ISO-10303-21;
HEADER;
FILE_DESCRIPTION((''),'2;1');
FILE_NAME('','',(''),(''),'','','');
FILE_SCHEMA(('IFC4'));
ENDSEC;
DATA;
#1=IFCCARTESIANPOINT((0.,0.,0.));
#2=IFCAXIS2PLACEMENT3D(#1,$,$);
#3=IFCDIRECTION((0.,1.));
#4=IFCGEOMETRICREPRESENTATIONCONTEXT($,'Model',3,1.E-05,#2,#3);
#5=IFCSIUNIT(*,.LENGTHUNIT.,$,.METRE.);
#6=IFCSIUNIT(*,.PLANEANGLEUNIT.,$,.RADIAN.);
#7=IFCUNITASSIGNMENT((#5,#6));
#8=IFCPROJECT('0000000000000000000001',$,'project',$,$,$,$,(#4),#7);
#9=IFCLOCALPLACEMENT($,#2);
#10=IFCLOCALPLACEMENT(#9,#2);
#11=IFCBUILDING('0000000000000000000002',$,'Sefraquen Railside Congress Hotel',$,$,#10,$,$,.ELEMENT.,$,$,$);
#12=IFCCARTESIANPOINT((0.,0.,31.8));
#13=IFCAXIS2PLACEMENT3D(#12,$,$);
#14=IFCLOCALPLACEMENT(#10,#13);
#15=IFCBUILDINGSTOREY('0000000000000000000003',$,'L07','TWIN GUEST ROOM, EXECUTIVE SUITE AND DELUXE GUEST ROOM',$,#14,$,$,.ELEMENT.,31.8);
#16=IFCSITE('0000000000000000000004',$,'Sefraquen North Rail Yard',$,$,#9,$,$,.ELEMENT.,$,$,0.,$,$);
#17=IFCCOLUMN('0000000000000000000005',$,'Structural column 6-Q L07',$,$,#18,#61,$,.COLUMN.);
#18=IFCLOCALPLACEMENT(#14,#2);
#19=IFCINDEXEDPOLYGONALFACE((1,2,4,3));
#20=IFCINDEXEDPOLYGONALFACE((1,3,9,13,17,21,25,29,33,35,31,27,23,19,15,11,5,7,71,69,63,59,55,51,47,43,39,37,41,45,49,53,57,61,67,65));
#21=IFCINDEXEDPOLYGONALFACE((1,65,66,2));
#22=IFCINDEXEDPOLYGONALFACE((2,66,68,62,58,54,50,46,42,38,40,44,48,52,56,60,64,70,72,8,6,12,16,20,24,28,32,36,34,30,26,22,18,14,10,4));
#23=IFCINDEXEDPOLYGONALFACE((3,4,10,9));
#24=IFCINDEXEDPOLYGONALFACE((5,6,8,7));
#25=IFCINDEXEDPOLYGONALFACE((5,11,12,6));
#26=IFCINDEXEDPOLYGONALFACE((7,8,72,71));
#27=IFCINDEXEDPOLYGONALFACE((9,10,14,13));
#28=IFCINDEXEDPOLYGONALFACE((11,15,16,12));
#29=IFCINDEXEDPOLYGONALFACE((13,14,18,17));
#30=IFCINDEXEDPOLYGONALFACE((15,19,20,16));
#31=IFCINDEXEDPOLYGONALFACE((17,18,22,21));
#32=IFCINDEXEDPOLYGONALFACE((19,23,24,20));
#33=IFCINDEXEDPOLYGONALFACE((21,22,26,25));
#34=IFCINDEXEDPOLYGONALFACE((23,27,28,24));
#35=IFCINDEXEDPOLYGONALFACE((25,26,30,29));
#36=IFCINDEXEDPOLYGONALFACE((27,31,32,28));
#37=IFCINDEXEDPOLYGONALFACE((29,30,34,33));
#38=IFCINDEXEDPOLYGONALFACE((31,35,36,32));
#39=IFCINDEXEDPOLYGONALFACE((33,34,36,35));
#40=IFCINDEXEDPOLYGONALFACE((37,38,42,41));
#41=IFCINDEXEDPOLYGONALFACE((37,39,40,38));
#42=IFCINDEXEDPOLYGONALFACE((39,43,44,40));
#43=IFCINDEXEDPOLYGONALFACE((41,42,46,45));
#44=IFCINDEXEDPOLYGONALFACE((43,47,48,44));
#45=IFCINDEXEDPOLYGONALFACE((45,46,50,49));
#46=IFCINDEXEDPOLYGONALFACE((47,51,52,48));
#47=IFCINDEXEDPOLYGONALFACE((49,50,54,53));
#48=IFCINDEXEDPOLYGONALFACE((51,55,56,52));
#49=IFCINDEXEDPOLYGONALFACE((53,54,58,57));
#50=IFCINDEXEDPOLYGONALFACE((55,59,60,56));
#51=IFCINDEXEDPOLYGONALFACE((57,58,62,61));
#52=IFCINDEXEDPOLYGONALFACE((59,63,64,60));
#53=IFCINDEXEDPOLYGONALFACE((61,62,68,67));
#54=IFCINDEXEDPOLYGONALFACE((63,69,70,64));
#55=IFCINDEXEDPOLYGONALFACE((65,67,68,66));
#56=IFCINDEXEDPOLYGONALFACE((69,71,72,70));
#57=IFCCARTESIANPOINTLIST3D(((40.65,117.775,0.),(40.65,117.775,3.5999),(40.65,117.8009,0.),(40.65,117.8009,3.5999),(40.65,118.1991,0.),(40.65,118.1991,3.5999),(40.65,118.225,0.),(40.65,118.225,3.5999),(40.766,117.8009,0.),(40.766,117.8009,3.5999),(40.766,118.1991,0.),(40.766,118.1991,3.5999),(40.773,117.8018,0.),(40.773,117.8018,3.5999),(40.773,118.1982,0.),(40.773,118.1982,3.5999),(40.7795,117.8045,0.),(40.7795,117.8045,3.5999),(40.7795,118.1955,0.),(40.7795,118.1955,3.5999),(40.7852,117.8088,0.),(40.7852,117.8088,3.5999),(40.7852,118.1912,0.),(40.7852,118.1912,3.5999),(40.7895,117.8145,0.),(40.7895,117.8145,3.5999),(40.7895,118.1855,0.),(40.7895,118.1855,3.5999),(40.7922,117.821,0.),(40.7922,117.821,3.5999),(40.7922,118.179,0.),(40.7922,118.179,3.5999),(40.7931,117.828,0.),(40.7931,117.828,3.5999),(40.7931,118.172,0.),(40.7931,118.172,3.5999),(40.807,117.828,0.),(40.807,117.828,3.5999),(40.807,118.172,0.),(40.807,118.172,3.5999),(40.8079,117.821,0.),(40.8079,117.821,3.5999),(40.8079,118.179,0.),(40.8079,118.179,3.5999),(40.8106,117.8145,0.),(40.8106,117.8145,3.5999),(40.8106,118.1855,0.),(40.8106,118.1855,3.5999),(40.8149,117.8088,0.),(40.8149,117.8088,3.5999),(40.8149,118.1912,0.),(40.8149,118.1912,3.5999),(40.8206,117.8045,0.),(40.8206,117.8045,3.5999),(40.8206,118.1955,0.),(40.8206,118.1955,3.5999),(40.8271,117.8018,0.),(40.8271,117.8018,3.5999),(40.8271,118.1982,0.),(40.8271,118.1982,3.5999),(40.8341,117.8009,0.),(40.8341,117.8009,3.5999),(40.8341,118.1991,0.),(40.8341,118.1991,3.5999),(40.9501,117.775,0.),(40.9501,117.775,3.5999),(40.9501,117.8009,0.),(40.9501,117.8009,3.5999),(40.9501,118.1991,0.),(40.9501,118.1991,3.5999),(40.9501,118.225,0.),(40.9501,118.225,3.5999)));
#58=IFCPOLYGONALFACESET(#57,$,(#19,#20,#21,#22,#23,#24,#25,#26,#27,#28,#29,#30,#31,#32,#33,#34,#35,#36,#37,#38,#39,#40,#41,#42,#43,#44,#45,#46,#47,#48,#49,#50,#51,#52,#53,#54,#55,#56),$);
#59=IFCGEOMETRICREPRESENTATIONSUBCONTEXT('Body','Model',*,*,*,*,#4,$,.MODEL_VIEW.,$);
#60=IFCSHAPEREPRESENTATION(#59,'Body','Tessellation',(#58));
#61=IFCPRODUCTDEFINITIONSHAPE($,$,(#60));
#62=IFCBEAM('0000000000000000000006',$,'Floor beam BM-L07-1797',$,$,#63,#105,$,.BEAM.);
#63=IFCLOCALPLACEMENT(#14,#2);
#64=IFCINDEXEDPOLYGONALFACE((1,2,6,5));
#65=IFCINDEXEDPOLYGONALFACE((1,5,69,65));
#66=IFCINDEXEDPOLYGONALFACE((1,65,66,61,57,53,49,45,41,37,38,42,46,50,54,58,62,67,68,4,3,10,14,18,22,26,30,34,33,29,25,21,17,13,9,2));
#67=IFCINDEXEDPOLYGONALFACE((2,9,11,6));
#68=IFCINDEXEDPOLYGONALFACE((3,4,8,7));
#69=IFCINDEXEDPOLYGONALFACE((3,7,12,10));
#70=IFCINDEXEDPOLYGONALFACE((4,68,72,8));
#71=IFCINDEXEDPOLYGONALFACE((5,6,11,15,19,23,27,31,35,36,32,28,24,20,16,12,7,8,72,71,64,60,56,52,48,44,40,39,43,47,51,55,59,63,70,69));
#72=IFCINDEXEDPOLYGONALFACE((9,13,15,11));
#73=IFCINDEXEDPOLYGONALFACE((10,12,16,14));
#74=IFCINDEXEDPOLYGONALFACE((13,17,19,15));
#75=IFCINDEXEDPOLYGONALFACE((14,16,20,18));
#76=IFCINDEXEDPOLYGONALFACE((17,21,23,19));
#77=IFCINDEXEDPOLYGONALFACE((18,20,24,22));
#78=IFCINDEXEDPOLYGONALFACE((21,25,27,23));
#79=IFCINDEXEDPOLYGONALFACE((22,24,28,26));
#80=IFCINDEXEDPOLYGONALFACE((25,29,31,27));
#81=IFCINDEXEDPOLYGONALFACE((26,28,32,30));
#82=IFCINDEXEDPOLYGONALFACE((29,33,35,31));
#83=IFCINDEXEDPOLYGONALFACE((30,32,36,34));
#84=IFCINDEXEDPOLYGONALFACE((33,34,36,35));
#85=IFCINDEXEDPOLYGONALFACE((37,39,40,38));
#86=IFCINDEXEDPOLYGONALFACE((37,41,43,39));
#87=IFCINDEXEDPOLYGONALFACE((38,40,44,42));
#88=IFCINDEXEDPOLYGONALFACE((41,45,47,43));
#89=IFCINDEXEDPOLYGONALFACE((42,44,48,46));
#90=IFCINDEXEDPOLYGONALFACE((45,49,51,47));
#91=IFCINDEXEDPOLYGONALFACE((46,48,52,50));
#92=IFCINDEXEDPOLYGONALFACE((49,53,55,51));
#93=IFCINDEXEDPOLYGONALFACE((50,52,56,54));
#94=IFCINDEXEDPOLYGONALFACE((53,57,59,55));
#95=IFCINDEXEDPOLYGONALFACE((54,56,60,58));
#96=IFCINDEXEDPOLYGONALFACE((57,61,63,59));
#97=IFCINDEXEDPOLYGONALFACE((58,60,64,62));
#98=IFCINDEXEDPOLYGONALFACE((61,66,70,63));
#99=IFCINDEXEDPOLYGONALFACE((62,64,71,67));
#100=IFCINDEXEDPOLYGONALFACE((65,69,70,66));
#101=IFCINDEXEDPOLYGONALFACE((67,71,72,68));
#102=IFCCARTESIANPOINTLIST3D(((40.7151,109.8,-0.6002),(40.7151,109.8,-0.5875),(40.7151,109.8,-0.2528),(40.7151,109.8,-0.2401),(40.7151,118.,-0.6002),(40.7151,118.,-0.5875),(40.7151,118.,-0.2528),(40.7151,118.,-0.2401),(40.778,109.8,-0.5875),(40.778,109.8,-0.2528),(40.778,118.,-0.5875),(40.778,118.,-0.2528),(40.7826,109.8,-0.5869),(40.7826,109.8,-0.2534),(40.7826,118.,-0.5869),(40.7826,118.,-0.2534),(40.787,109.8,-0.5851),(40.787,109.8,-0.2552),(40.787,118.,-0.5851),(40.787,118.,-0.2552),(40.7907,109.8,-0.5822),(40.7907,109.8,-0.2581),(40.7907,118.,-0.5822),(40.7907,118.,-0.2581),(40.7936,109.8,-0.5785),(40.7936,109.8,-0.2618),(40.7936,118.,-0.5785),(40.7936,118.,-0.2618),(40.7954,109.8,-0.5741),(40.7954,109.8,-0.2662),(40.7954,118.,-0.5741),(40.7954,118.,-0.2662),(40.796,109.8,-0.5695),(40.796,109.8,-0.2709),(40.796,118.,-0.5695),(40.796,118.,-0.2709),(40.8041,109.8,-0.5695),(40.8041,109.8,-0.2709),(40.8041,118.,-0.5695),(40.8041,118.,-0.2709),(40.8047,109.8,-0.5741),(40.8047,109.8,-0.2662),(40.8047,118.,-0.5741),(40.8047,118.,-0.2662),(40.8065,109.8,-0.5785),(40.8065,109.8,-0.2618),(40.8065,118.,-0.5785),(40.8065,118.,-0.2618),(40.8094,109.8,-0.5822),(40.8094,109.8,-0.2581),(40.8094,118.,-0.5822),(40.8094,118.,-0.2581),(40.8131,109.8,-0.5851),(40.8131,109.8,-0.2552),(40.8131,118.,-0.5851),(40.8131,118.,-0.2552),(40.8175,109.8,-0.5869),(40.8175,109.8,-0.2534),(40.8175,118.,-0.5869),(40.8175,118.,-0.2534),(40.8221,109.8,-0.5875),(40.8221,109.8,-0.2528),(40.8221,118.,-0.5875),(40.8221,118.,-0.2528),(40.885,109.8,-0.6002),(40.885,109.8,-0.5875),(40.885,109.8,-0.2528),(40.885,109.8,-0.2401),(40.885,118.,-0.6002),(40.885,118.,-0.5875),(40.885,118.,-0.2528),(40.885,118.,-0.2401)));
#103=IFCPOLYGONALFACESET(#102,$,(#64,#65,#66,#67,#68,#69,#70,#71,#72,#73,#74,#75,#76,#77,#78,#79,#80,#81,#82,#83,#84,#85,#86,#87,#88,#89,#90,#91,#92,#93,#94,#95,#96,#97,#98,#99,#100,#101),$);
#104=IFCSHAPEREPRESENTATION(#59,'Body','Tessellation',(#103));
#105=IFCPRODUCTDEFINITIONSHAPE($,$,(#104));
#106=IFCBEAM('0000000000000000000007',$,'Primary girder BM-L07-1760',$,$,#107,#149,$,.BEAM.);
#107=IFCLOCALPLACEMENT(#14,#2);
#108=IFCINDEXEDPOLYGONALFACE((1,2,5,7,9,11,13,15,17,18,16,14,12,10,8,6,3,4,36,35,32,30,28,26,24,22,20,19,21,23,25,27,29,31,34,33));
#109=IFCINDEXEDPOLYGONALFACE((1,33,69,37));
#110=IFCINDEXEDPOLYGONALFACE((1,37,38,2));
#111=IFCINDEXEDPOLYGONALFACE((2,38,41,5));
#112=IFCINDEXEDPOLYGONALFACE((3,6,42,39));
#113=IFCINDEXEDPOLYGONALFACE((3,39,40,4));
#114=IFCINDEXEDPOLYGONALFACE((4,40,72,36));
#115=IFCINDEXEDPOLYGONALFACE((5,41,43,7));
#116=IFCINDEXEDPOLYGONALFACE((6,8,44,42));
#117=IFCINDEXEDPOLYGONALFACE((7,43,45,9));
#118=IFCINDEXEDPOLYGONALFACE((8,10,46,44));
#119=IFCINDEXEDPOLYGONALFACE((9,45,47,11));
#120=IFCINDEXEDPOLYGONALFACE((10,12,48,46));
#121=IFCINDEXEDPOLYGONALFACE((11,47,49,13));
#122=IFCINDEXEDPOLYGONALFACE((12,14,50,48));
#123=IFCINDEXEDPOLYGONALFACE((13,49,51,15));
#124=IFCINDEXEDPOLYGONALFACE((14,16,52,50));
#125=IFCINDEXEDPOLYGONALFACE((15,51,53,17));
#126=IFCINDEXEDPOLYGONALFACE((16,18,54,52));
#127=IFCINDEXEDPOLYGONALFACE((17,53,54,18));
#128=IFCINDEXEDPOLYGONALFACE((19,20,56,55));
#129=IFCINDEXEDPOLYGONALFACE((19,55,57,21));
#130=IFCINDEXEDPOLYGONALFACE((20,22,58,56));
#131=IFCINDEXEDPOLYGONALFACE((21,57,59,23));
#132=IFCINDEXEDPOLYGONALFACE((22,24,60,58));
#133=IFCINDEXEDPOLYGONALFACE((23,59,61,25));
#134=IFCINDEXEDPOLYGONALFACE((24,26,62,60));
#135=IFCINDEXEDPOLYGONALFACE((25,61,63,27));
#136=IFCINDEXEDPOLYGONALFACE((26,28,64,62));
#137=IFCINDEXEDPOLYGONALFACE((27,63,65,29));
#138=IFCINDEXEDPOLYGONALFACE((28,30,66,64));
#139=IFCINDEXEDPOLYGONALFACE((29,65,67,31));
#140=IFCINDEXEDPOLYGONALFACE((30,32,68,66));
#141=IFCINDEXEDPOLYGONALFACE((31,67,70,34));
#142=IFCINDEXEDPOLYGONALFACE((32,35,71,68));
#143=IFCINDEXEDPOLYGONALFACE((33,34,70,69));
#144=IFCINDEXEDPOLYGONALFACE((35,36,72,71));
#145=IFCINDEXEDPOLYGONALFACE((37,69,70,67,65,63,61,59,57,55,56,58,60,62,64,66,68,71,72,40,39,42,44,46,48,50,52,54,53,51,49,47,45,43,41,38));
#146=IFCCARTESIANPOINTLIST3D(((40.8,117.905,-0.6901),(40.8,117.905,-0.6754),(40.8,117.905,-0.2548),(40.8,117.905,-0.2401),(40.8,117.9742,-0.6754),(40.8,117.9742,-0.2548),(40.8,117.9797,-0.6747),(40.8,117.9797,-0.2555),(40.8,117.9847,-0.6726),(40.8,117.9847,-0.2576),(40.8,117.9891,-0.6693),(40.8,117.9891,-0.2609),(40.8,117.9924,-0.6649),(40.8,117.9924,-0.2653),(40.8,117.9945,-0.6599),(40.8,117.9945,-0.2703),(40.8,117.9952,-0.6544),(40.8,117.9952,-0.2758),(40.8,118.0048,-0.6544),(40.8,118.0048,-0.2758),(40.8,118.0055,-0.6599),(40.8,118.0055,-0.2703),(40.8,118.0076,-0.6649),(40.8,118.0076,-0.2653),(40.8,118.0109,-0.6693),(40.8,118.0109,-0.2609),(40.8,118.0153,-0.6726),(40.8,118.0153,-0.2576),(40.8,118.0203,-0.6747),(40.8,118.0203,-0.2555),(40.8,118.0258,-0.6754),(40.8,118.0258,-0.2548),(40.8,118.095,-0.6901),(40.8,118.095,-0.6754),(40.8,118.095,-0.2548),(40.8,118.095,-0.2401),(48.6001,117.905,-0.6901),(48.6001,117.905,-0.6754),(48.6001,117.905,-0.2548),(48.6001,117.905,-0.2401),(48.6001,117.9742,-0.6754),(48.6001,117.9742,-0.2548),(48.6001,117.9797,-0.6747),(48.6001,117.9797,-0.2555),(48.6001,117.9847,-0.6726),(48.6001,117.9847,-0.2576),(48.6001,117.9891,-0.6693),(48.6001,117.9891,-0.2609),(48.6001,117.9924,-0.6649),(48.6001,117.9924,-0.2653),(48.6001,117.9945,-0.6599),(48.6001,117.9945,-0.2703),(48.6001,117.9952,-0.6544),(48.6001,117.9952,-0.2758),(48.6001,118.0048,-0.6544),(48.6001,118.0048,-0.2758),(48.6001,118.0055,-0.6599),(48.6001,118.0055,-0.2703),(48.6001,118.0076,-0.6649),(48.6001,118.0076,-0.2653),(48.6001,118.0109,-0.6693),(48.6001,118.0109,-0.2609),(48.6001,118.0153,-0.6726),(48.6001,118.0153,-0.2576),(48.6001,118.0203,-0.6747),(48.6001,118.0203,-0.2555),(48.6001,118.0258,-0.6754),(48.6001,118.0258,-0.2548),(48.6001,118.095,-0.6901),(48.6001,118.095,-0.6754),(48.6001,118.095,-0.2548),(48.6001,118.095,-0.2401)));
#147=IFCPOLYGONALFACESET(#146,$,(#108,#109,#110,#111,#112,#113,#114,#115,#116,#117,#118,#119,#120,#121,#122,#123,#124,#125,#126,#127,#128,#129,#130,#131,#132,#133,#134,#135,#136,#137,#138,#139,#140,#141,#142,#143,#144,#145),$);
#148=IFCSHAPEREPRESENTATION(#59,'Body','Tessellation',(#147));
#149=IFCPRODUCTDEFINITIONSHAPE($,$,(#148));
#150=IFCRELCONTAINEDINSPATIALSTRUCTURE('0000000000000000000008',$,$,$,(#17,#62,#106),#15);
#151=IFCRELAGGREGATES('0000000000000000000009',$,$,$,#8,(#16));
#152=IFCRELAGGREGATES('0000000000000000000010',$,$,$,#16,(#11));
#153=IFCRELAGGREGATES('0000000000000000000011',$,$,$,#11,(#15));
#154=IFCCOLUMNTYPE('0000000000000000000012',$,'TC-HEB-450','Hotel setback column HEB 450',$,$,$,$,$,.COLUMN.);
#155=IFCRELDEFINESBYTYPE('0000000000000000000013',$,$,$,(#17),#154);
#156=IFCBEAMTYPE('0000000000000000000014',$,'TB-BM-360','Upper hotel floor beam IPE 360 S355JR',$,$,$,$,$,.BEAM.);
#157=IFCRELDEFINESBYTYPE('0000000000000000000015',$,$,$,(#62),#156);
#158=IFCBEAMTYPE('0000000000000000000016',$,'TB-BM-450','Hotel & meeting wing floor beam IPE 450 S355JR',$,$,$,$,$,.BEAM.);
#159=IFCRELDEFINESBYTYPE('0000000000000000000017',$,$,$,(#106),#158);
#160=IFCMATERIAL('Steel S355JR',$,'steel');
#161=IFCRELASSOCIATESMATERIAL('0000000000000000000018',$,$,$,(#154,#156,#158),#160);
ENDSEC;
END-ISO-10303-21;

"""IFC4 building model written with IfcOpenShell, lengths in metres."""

from ifc_helpers import new_model, si_unit, direction, frame, origin, origin_2d, place, context, subcontext, project, spatial, i_section, extrude, material, material_profile, profile_set, type_object, element, save


model = new_model("IFC4")

# Units and contexts
model_context = context("Model", 3, precision=1e-05, world=origin(), true_north=direction((0.0, 1.0)))
body_context = subcontext(model_context, "Body", "Model", "MODEL_VIEW")
ifc_project = project(units=[si_unit("LENGTHUNIT", "METRE"), si_unit("PLANEANGLEUNIT", "RADIAN")], contexts=[model_context])

# Site, building, storey
site_placement = place(None, origin())
site = spatial("IfcSite", under=ifc_project, at=site_placement, Name="Sefraquen North Rail Yard", CompositionType="ELEMENT", RefElevation=0.0)
building_placement = place(site_placement, origin())
building = spatial("IfcBuilding", under=site, at=building_placement, Name="Sefraquen Railside Congress Hotel", CompositionType="ELEMENT")
storey_placement = place(building_placement, frame((0.0, 0.0, 31.8)))
storey = spatial("IfcBuildingStorey", under=building, at=storey_placement, Name="L07", Description="TWIN GUEST ROOM, EXECUTIVE SUITE AND DELUXE GUEST ROOM", CompositionType="ELEMENT", Elevation=31.8)

# Column
ifc_material_1 = material(Name="Steel S355JR", Category="steel")
ifc_material_profile_1 = material_profile(ifc_material_1, i_section(OverallWidth=0.3, OverallDepth=0.45, WebThickness=0.0139, FlangeThickness=0.0259, FilletRadius=0.0271, at=origin_2d()), Name="HEB 450")
ifc_profile_set_1 = profile_set([ifc_material_profile_1], Name="Steel S355JR")
column_type = type_object("IfcColumnType", Name="TC-HEB-450", Description="Hotel setback column HEB 450", PredefinedType="COLUMN", material=ifc_profile_set_1)
column_placement = place(storey_placement, frame((40.8, 118.0, 0.0), z_axis=(0.0, 0.0, 1.0), x_axis=(1.0, 0.0, 0.0)))
element("IfcColumn", 1, at=column_placement, inside=storey, type_object=column_type, Name="Structural column 6-Q L07", PredefinedType="COLUMN", context=body_context, shape_type="SweptSolid", body=[
    extrude(i_section(OverallWidth=0.3, OverallDepth=0.45, WebThickness=0.0139, FlangeThickness=0.0259, FilletRadius=0.0271, at=origin_2d()), origin(), (0.0, 0.0, 1.0), 3.5999),
])

# Beams
ifc_material_profile_2 = material_profile(ifc_material_1, i_section(OverallWidth=0.1699, OverallDepth=0.3601, WebThickness=0.0081, FlangeThickness=0.0127, FilletRadius=0.0181, at=origin_2d()), Name="IPE 360")
ifc_profile_set_2 = profile_set([ifc_material_profile_2], Name="Steel S355JR")
beam_type_1 = type_object("IfcBeamType", Name="TB-BM-360", Description="Upper hotel floor beam IPE 360 S355JR", PredefinedType="BEAM", material=ifc_profile_set_2)
beam_1_placement = place(storey_placement, frame((40.8, 109.8, -0.4202), z_axis=(0.0, 1.0, 0.0), x_axis=(-1.0, 0.0, 0.0)))
element("IfcBeam", 2, at=beam_1_placement, inside=storey, type_object=beam_type_1, Name="Floor beam BM-L07-1797", PredefinedType="BEAM", context=body_context, shape_type="SweptSolid", body=[
    extrude(i_section(OverallWidth=0.1699, OverallDepth=0.3601, WebThickness=0.0081, FlangeThickness=0.0127, FilletRadius=0.0181, at=origin_2d()), origin(), (0.0, 0.0, 1.0), 8.2),
])
ifc_material_profile_3 = material_profile(ifc_material_1, i_section(OverallWidth=0.1899, OverallDepth=0.45, WebThickness=0.0095, FlangeThickness=0.0146, FilletRadius=0.021, at=origin_2d()), Name="IPE 450")
ifc_profile_set_3 = profile_set([ifc_material_profile_3], Name="Steel S355JR")
beam_type_2 = type_object("IfcBeamType", Name="TB-BM-450", Description="Hotel & meeting wing floor beam IPE 450 S355JR", PredefinedType="BEAM", material=ifc_profile_set_3)
beam_2_placement = place(storey_placement, frame((40.8, 118.0, -0.4651), z_axis=(1.0, 0.0, 0.0), x_axis=(0.0, 1.0, 0.0)))
element("IfcBeam", 3, at=beam_2_placement, inside=storey, type_object=beam_type_2, Name="Primary girder BM-L07-1760", PredefinedType="BEAM", context=body_context, shape_type="SweptSolid", body=[
    extrude(i_section(OverallWidth=0.1899, OverallDepth=0.45, WebThickness=0.0095, FlangeThickness=0.0146, FilletRadius=0.021, at=origin_2d()), origin(), (0.0, 0.0, 1.0), 7.8),
])

save(model, "model.ifc")
